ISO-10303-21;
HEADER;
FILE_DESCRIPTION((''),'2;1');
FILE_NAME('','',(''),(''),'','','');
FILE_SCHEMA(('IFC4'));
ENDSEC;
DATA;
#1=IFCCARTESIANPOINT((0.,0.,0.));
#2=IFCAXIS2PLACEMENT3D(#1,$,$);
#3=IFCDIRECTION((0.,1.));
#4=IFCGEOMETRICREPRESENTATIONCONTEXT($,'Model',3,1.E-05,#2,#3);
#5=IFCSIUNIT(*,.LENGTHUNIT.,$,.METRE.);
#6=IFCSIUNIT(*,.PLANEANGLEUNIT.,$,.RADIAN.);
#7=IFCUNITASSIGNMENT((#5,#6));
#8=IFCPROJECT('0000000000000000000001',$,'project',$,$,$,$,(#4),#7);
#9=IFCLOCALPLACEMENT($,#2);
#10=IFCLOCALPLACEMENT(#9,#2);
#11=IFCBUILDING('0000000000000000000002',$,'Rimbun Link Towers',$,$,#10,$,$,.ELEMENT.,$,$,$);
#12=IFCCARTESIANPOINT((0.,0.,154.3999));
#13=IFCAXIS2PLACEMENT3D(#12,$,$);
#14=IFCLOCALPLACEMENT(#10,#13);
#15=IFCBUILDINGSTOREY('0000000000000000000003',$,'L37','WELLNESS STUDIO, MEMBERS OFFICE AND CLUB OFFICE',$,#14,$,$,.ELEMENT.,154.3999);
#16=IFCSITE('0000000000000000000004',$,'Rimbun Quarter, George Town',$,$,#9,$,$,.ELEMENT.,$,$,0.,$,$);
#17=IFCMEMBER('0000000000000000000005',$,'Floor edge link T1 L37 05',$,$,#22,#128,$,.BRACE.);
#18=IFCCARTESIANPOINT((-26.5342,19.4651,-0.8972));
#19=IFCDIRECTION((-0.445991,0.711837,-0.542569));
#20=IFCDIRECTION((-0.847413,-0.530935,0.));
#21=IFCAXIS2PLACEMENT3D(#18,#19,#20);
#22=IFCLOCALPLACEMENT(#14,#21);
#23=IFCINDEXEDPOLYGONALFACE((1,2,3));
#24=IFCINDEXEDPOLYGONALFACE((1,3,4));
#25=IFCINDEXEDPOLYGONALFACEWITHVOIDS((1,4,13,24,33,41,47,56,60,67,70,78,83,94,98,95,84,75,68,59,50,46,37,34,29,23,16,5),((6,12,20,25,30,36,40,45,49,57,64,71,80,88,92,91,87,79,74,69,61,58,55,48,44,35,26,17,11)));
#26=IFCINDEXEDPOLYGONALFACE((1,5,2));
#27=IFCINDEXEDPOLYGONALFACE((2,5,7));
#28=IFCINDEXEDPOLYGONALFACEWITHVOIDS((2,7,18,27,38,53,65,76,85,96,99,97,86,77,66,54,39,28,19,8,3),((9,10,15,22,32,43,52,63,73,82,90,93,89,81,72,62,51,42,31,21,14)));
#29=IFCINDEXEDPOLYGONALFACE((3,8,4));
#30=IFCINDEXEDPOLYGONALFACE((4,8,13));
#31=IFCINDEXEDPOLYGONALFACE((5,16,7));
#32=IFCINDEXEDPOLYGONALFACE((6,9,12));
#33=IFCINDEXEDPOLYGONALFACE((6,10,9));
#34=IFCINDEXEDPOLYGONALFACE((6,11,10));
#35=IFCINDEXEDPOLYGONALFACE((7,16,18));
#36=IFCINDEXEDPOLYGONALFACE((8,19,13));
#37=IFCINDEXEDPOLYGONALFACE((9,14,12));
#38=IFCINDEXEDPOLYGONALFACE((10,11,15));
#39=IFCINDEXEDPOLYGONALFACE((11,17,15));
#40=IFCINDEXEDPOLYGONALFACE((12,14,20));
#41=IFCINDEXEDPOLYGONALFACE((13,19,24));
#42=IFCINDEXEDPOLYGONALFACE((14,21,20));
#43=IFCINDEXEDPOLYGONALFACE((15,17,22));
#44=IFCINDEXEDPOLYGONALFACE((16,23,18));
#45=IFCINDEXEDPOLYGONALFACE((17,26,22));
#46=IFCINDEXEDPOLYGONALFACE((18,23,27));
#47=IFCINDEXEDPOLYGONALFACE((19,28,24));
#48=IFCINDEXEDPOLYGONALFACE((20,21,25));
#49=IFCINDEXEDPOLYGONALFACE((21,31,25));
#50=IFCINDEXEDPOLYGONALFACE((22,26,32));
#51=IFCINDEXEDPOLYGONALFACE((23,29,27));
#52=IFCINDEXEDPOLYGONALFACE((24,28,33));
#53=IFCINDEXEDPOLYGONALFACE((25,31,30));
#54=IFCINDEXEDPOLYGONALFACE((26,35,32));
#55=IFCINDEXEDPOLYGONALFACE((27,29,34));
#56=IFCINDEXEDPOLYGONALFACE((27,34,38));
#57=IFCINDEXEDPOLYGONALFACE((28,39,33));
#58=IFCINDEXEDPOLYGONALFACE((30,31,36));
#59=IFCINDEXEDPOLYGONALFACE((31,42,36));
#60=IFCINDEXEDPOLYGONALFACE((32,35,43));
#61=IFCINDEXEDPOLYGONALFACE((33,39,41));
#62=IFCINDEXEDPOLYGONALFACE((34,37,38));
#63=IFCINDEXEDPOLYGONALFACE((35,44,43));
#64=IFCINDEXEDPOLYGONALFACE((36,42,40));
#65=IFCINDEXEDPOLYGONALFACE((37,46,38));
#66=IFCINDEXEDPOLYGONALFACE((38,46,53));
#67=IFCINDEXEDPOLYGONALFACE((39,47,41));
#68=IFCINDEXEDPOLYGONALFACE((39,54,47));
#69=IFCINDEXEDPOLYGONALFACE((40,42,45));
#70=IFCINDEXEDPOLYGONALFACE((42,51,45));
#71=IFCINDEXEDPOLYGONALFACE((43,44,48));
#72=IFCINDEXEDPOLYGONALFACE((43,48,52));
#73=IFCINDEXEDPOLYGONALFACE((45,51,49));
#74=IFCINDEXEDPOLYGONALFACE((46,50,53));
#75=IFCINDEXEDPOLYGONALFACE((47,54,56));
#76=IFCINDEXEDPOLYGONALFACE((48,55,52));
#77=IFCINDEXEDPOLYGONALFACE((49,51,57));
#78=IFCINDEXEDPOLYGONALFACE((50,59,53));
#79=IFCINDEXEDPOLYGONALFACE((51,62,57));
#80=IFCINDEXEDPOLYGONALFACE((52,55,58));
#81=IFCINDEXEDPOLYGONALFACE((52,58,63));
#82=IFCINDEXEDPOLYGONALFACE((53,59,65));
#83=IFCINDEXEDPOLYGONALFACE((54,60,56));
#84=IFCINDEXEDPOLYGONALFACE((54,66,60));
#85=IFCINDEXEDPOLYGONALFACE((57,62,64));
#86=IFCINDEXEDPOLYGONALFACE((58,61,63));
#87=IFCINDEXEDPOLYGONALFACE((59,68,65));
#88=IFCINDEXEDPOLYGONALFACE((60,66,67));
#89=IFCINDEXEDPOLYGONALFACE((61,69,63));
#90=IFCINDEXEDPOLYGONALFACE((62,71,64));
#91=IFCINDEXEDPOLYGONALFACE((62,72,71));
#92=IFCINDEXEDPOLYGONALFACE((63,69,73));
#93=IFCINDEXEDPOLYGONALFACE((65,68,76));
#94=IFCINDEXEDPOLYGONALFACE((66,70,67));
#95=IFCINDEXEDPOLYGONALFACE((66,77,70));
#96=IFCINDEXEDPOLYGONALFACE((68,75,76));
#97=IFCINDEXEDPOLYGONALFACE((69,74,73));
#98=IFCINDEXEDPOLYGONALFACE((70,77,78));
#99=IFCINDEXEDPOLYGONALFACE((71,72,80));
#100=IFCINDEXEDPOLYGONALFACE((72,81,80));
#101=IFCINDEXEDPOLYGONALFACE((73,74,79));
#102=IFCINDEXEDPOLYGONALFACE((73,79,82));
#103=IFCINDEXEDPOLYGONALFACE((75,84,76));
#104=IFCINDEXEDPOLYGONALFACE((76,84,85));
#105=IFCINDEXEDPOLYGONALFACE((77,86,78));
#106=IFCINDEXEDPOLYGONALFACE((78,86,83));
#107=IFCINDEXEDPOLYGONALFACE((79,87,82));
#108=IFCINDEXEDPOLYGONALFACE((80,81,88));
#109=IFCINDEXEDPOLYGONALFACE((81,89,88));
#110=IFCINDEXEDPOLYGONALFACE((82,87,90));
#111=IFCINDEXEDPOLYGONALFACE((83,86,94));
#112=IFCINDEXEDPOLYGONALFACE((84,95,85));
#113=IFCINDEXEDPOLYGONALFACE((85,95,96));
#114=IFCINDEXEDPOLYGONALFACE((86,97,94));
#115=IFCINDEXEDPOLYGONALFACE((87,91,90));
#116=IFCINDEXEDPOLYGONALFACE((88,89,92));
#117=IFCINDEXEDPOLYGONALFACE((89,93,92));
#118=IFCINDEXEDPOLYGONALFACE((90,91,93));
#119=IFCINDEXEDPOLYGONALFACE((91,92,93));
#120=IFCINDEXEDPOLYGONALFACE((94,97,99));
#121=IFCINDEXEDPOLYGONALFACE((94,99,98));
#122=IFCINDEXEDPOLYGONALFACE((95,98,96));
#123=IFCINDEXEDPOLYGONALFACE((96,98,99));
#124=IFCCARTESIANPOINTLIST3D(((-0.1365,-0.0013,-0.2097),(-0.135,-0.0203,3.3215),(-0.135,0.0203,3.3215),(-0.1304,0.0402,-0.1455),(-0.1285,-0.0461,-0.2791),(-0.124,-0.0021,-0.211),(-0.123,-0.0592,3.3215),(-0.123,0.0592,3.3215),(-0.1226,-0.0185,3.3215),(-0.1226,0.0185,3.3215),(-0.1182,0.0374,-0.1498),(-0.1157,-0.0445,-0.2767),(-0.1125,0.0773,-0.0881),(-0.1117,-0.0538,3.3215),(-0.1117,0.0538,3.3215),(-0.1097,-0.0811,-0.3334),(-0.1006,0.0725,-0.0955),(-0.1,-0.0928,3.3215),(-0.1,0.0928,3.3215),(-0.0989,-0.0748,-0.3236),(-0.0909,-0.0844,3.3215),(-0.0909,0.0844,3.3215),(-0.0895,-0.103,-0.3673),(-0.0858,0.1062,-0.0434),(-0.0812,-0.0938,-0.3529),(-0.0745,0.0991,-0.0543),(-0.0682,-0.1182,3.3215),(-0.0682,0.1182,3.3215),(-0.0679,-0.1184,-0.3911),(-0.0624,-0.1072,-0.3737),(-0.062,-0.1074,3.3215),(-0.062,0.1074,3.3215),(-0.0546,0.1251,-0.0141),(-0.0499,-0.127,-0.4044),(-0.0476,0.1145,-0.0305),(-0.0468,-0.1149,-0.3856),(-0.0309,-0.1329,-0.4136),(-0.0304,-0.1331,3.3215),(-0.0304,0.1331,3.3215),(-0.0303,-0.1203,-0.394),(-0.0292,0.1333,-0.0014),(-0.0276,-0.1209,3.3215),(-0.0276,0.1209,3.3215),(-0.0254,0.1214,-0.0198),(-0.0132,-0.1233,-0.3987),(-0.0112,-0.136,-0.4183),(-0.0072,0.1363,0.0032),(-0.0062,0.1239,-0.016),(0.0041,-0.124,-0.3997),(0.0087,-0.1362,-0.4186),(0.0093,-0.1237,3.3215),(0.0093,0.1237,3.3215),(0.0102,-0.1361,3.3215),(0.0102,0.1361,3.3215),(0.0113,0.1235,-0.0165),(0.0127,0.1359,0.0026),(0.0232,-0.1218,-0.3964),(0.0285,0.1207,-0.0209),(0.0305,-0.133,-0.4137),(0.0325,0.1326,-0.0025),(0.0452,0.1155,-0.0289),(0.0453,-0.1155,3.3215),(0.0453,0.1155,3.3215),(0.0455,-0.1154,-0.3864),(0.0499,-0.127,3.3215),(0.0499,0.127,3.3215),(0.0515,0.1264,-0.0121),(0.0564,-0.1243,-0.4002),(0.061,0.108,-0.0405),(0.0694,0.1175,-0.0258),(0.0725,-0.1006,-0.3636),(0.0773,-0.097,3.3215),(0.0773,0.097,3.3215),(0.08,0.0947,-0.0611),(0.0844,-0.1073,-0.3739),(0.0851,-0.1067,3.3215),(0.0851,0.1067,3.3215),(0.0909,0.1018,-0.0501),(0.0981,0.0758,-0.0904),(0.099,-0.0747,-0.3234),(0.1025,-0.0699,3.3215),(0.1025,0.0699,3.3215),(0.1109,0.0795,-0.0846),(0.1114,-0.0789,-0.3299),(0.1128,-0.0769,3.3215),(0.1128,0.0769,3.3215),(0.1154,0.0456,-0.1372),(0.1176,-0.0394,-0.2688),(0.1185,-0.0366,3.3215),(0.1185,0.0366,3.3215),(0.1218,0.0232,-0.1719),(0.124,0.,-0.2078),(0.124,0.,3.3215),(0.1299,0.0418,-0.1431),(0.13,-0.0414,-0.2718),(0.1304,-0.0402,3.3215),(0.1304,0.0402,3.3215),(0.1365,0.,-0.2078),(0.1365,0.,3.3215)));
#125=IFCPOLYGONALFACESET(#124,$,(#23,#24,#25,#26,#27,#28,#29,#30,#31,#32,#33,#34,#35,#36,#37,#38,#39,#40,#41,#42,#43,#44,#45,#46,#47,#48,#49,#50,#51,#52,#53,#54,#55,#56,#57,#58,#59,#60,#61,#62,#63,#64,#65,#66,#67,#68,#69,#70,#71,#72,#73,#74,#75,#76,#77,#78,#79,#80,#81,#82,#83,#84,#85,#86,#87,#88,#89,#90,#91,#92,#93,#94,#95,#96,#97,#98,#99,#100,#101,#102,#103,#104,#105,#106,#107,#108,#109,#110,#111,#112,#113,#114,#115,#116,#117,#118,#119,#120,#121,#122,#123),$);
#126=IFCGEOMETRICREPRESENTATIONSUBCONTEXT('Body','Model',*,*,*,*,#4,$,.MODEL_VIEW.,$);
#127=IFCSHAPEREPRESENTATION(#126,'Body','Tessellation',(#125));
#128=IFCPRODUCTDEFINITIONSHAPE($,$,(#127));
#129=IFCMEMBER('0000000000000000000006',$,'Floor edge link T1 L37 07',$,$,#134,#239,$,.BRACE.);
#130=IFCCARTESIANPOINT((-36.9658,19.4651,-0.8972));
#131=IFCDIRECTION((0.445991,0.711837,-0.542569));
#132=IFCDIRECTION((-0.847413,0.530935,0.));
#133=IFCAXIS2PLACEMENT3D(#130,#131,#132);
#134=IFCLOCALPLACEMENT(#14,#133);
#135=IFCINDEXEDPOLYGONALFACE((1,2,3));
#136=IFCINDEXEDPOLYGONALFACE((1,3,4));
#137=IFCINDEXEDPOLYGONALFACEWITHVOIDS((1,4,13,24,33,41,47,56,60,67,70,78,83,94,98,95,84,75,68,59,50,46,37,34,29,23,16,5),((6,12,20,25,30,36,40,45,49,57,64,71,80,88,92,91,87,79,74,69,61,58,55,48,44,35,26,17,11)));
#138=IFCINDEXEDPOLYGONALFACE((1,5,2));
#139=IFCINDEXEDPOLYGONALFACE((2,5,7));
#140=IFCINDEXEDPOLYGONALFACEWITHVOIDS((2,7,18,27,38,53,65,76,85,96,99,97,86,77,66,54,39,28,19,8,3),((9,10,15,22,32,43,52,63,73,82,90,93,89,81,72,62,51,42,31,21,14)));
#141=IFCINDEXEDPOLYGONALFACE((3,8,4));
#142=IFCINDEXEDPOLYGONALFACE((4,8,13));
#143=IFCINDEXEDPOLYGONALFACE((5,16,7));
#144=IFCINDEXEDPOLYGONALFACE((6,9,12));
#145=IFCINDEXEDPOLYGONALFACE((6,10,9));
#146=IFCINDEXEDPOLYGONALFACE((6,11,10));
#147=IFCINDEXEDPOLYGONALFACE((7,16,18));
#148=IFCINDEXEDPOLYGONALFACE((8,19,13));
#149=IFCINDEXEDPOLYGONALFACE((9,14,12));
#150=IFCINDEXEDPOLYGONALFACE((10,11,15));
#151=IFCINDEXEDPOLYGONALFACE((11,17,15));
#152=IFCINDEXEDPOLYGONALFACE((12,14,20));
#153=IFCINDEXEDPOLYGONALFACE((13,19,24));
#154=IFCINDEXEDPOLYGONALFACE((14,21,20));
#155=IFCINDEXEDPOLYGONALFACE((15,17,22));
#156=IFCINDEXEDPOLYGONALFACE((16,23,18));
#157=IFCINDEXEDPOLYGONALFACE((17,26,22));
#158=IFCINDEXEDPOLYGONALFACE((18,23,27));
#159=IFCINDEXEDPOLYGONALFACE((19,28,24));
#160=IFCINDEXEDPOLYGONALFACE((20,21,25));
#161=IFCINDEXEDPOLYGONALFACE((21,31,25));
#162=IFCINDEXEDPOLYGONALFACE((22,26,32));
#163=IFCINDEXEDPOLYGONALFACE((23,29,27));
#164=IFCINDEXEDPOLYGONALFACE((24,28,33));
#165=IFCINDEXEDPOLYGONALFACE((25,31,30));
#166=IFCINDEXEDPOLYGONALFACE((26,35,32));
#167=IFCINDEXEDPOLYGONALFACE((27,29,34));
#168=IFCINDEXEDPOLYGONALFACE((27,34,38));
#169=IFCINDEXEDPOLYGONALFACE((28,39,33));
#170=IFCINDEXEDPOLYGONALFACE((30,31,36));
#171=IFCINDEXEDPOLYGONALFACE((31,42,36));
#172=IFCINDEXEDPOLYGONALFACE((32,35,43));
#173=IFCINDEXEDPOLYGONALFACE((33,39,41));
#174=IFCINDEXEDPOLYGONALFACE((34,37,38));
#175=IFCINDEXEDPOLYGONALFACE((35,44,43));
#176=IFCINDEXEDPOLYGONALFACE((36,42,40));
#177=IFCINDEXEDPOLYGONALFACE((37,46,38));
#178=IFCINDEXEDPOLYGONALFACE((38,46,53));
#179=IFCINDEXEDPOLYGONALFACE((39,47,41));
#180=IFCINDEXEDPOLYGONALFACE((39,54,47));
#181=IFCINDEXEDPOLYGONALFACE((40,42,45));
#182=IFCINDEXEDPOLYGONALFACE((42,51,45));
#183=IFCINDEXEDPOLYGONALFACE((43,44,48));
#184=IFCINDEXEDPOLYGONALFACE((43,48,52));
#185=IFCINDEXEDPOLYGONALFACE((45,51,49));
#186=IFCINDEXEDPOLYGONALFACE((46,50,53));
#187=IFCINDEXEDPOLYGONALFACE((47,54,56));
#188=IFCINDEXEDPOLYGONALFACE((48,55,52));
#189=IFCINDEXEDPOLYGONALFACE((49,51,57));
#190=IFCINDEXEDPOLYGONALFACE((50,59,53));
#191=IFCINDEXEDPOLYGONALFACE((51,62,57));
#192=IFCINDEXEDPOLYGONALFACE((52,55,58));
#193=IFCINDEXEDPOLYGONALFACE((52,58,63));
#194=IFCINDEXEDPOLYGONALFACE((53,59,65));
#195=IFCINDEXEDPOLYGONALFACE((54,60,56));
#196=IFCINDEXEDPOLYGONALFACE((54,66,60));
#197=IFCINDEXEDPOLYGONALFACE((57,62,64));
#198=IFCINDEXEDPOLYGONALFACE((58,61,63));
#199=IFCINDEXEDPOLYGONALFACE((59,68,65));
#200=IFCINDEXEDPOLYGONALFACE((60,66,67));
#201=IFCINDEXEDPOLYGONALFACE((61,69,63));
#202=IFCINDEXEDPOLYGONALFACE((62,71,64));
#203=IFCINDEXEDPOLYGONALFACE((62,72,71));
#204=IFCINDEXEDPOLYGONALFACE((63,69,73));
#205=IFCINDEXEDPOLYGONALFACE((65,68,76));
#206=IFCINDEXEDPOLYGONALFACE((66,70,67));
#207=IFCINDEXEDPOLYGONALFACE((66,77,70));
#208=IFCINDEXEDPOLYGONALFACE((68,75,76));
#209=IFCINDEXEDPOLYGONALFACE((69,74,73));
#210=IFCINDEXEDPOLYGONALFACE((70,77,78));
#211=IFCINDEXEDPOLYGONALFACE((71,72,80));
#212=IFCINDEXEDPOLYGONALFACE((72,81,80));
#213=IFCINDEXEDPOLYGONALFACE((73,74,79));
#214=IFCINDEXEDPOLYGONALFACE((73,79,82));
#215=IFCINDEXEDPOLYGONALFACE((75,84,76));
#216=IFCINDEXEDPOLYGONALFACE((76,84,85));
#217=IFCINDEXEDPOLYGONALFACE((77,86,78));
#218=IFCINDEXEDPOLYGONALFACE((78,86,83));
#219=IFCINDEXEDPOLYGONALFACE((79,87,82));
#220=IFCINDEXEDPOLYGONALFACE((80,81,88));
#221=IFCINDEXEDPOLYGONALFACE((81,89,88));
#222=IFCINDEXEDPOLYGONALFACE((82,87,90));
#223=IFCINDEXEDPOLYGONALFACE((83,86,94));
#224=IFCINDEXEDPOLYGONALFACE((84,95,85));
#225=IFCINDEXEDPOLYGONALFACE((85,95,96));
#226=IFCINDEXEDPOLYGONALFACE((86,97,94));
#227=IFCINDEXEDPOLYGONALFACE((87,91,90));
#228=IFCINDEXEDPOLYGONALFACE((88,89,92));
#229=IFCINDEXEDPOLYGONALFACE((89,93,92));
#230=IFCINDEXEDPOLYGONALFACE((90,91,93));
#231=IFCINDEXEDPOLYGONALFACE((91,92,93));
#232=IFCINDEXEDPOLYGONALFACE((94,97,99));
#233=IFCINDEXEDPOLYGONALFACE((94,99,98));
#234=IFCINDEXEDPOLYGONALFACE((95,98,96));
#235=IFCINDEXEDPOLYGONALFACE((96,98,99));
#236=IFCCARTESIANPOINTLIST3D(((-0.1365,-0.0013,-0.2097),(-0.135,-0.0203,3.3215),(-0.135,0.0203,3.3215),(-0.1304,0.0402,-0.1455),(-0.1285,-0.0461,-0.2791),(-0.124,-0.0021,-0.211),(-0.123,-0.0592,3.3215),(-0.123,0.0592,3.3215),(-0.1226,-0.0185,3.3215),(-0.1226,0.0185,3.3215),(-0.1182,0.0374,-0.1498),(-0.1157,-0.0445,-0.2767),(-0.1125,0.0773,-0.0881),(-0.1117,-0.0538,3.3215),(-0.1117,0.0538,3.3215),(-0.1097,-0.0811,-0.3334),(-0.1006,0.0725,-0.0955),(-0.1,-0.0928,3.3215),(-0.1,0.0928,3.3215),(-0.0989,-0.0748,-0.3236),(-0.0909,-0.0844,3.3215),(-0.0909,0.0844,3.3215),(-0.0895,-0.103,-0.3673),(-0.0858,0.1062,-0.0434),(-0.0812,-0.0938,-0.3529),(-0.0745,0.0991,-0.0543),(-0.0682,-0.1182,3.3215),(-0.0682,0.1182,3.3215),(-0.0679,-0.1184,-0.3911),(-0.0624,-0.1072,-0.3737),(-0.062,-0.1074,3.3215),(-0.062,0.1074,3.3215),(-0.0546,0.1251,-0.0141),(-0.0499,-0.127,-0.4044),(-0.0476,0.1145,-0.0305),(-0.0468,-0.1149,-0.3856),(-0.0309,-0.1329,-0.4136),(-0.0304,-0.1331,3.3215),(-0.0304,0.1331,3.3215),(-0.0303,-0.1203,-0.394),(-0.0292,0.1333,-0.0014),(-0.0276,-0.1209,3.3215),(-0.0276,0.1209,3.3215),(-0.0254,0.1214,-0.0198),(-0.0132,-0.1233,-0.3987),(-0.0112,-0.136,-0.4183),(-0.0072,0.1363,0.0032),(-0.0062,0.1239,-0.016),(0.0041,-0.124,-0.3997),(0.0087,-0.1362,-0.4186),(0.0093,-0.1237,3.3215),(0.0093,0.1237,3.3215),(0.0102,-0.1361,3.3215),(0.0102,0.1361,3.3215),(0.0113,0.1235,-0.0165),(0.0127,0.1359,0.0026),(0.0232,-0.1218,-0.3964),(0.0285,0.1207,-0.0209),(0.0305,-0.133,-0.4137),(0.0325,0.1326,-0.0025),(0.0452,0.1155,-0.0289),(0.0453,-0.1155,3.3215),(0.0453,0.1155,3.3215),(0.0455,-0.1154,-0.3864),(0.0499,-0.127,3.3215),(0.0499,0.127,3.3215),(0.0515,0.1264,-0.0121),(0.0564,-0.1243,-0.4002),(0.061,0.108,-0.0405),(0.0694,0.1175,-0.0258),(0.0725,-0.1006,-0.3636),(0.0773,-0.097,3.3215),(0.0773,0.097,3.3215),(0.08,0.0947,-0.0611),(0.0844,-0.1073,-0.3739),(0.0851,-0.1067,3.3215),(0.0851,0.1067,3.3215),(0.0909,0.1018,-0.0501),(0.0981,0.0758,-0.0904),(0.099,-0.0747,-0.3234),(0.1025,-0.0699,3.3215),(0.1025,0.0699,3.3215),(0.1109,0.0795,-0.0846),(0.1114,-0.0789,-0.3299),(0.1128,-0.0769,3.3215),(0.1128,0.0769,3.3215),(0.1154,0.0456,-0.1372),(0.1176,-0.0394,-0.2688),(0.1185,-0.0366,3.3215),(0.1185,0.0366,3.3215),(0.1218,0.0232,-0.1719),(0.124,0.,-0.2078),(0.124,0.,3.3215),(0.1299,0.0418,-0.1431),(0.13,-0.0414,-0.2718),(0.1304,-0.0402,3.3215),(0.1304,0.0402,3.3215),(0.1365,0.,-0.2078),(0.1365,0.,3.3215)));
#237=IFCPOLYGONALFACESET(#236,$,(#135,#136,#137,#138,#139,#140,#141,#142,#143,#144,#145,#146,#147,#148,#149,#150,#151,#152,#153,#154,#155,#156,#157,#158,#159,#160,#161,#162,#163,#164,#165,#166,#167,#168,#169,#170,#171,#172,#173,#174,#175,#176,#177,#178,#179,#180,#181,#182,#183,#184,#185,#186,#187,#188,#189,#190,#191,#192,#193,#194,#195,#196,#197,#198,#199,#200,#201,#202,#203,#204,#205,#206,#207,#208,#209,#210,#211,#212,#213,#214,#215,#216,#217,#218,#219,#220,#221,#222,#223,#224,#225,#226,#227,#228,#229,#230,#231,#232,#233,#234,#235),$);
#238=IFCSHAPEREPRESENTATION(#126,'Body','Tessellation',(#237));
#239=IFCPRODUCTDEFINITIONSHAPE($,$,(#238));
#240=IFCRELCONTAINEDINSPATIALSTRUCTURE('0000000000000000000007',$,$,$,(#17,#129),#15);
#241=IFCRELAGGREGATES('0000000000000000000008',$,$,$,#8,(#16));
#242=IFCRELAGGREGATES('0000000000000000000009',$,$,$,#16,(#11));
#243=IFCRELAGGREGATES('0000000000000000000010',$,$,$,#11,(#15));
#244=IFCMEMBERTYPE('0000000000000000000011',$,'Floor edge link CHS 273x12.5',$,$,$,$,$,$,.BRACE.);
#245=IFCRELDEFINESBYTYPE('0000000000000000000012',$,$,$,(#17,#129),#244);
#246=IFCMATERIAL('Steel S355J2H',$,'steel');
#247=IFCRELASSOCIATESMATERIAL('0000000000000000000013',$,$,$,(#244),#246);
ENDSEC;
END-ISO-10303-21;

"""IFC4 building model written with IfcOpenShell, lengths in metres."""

from ifc_helpers import new_model, si_unit, direction, frame, origin, origin_2d, place, context, subcontext, project, spatial, hollow_circle, extrude, clip, halfspace, material, material_profile, profile_set, type_object, element, save


model = new_model("IFC4")

# Units and contexts
model_context = context("Model", 3, precision=1e-05, world=origin(), true_north=direction((0.0, 1.0)))
body_context = subcontext(model_context, "Body", "Model", "MODEL_VIEW")
ifc_project = project(units=[si_unit("LENGTHUNIT", "METRE"), si_unit("PLANEANGLEUNIT", "RADIAN")], contexts=[model_context])

# Site, building, storey
site_placement = place(None, origin())
site = spatial("IfcSite", under=ifc_project, at=site_placement, Name="Rimbun Quarter, George Town", CompositionType="ELEMENT", RefElevation=0.0)
building_placement = place(site_placement, origin())
building = spatial("IfcBuilding", under=site, at=building_placement, Name="Rimbun Link Towers", CompositionType="ELEMENT")
storey_placement = place(building_placement, frame((0.0, 0.0, 154.3999)))
storey = spatial("IfcBuildingStorey", under=building, at=storey_placement, Name="L37", Description="WELLNESS STUDIO, MEMBERS OFFICE AND CLUB OFFICE", CompositionType="ELEMENT", Elevation=154.3999)

# Members
ifc_material_1 = material(Name="Steel S355J2H", Category="steel")
ifc_material_profile_1 = material_profile(ifc_material_1, hollow_circle(Radius=0.1365, WallThickness=0.0125, at=origin_2d()), Name="CHS 273x12.5")
ifc_profile_set_1 = profile_set([ifc_material_profile_1], Name="Steel S355J2H")
member_type_1 = type_object("IfcMemberType", Name="Floor edge link CHS 273x12.5", PredefinedType="BRACE", material=ifc_profile_set_1)
for number, where, z_axis, x_axis, name in (
    (1, (-26.5342, 19.4651, -0.8972), (-0.445991, 0.711837, -0.542569), (-0.847413, -0.530935, 0.0), "Floor edge link T1 L37 05"),
    (2, (-36.9658, 19.4651, -0.8972), (0.445991, 0.711837, -0.542569), (-0.847413, 0.530935, 0.0), "Floor edge link T1 L37 07"),
):
    element("IfcMember", number, at=place(storey_placement, frame(where, z_axis=z_axis, x_axis=x_axis)), inside=storey, type_object=member_type_1, Name=name, PredefinedType="BRACE", context=body_context, shape_type="Clipping", body=[
        clip(extrude(hollow_circle(Radius=0.1365, WallThickness=0.0125, at=origin_2d()), frame((0.0, 0.0, -0.4412)), (0.0, 0.0, 1.0), 3.7627), halfspace(frame((0.0, 0.0, -0.2078), z_axis=(0.0, 0.840011, -0.542569)), False)),
    ])

save(model, "model.ifc")
